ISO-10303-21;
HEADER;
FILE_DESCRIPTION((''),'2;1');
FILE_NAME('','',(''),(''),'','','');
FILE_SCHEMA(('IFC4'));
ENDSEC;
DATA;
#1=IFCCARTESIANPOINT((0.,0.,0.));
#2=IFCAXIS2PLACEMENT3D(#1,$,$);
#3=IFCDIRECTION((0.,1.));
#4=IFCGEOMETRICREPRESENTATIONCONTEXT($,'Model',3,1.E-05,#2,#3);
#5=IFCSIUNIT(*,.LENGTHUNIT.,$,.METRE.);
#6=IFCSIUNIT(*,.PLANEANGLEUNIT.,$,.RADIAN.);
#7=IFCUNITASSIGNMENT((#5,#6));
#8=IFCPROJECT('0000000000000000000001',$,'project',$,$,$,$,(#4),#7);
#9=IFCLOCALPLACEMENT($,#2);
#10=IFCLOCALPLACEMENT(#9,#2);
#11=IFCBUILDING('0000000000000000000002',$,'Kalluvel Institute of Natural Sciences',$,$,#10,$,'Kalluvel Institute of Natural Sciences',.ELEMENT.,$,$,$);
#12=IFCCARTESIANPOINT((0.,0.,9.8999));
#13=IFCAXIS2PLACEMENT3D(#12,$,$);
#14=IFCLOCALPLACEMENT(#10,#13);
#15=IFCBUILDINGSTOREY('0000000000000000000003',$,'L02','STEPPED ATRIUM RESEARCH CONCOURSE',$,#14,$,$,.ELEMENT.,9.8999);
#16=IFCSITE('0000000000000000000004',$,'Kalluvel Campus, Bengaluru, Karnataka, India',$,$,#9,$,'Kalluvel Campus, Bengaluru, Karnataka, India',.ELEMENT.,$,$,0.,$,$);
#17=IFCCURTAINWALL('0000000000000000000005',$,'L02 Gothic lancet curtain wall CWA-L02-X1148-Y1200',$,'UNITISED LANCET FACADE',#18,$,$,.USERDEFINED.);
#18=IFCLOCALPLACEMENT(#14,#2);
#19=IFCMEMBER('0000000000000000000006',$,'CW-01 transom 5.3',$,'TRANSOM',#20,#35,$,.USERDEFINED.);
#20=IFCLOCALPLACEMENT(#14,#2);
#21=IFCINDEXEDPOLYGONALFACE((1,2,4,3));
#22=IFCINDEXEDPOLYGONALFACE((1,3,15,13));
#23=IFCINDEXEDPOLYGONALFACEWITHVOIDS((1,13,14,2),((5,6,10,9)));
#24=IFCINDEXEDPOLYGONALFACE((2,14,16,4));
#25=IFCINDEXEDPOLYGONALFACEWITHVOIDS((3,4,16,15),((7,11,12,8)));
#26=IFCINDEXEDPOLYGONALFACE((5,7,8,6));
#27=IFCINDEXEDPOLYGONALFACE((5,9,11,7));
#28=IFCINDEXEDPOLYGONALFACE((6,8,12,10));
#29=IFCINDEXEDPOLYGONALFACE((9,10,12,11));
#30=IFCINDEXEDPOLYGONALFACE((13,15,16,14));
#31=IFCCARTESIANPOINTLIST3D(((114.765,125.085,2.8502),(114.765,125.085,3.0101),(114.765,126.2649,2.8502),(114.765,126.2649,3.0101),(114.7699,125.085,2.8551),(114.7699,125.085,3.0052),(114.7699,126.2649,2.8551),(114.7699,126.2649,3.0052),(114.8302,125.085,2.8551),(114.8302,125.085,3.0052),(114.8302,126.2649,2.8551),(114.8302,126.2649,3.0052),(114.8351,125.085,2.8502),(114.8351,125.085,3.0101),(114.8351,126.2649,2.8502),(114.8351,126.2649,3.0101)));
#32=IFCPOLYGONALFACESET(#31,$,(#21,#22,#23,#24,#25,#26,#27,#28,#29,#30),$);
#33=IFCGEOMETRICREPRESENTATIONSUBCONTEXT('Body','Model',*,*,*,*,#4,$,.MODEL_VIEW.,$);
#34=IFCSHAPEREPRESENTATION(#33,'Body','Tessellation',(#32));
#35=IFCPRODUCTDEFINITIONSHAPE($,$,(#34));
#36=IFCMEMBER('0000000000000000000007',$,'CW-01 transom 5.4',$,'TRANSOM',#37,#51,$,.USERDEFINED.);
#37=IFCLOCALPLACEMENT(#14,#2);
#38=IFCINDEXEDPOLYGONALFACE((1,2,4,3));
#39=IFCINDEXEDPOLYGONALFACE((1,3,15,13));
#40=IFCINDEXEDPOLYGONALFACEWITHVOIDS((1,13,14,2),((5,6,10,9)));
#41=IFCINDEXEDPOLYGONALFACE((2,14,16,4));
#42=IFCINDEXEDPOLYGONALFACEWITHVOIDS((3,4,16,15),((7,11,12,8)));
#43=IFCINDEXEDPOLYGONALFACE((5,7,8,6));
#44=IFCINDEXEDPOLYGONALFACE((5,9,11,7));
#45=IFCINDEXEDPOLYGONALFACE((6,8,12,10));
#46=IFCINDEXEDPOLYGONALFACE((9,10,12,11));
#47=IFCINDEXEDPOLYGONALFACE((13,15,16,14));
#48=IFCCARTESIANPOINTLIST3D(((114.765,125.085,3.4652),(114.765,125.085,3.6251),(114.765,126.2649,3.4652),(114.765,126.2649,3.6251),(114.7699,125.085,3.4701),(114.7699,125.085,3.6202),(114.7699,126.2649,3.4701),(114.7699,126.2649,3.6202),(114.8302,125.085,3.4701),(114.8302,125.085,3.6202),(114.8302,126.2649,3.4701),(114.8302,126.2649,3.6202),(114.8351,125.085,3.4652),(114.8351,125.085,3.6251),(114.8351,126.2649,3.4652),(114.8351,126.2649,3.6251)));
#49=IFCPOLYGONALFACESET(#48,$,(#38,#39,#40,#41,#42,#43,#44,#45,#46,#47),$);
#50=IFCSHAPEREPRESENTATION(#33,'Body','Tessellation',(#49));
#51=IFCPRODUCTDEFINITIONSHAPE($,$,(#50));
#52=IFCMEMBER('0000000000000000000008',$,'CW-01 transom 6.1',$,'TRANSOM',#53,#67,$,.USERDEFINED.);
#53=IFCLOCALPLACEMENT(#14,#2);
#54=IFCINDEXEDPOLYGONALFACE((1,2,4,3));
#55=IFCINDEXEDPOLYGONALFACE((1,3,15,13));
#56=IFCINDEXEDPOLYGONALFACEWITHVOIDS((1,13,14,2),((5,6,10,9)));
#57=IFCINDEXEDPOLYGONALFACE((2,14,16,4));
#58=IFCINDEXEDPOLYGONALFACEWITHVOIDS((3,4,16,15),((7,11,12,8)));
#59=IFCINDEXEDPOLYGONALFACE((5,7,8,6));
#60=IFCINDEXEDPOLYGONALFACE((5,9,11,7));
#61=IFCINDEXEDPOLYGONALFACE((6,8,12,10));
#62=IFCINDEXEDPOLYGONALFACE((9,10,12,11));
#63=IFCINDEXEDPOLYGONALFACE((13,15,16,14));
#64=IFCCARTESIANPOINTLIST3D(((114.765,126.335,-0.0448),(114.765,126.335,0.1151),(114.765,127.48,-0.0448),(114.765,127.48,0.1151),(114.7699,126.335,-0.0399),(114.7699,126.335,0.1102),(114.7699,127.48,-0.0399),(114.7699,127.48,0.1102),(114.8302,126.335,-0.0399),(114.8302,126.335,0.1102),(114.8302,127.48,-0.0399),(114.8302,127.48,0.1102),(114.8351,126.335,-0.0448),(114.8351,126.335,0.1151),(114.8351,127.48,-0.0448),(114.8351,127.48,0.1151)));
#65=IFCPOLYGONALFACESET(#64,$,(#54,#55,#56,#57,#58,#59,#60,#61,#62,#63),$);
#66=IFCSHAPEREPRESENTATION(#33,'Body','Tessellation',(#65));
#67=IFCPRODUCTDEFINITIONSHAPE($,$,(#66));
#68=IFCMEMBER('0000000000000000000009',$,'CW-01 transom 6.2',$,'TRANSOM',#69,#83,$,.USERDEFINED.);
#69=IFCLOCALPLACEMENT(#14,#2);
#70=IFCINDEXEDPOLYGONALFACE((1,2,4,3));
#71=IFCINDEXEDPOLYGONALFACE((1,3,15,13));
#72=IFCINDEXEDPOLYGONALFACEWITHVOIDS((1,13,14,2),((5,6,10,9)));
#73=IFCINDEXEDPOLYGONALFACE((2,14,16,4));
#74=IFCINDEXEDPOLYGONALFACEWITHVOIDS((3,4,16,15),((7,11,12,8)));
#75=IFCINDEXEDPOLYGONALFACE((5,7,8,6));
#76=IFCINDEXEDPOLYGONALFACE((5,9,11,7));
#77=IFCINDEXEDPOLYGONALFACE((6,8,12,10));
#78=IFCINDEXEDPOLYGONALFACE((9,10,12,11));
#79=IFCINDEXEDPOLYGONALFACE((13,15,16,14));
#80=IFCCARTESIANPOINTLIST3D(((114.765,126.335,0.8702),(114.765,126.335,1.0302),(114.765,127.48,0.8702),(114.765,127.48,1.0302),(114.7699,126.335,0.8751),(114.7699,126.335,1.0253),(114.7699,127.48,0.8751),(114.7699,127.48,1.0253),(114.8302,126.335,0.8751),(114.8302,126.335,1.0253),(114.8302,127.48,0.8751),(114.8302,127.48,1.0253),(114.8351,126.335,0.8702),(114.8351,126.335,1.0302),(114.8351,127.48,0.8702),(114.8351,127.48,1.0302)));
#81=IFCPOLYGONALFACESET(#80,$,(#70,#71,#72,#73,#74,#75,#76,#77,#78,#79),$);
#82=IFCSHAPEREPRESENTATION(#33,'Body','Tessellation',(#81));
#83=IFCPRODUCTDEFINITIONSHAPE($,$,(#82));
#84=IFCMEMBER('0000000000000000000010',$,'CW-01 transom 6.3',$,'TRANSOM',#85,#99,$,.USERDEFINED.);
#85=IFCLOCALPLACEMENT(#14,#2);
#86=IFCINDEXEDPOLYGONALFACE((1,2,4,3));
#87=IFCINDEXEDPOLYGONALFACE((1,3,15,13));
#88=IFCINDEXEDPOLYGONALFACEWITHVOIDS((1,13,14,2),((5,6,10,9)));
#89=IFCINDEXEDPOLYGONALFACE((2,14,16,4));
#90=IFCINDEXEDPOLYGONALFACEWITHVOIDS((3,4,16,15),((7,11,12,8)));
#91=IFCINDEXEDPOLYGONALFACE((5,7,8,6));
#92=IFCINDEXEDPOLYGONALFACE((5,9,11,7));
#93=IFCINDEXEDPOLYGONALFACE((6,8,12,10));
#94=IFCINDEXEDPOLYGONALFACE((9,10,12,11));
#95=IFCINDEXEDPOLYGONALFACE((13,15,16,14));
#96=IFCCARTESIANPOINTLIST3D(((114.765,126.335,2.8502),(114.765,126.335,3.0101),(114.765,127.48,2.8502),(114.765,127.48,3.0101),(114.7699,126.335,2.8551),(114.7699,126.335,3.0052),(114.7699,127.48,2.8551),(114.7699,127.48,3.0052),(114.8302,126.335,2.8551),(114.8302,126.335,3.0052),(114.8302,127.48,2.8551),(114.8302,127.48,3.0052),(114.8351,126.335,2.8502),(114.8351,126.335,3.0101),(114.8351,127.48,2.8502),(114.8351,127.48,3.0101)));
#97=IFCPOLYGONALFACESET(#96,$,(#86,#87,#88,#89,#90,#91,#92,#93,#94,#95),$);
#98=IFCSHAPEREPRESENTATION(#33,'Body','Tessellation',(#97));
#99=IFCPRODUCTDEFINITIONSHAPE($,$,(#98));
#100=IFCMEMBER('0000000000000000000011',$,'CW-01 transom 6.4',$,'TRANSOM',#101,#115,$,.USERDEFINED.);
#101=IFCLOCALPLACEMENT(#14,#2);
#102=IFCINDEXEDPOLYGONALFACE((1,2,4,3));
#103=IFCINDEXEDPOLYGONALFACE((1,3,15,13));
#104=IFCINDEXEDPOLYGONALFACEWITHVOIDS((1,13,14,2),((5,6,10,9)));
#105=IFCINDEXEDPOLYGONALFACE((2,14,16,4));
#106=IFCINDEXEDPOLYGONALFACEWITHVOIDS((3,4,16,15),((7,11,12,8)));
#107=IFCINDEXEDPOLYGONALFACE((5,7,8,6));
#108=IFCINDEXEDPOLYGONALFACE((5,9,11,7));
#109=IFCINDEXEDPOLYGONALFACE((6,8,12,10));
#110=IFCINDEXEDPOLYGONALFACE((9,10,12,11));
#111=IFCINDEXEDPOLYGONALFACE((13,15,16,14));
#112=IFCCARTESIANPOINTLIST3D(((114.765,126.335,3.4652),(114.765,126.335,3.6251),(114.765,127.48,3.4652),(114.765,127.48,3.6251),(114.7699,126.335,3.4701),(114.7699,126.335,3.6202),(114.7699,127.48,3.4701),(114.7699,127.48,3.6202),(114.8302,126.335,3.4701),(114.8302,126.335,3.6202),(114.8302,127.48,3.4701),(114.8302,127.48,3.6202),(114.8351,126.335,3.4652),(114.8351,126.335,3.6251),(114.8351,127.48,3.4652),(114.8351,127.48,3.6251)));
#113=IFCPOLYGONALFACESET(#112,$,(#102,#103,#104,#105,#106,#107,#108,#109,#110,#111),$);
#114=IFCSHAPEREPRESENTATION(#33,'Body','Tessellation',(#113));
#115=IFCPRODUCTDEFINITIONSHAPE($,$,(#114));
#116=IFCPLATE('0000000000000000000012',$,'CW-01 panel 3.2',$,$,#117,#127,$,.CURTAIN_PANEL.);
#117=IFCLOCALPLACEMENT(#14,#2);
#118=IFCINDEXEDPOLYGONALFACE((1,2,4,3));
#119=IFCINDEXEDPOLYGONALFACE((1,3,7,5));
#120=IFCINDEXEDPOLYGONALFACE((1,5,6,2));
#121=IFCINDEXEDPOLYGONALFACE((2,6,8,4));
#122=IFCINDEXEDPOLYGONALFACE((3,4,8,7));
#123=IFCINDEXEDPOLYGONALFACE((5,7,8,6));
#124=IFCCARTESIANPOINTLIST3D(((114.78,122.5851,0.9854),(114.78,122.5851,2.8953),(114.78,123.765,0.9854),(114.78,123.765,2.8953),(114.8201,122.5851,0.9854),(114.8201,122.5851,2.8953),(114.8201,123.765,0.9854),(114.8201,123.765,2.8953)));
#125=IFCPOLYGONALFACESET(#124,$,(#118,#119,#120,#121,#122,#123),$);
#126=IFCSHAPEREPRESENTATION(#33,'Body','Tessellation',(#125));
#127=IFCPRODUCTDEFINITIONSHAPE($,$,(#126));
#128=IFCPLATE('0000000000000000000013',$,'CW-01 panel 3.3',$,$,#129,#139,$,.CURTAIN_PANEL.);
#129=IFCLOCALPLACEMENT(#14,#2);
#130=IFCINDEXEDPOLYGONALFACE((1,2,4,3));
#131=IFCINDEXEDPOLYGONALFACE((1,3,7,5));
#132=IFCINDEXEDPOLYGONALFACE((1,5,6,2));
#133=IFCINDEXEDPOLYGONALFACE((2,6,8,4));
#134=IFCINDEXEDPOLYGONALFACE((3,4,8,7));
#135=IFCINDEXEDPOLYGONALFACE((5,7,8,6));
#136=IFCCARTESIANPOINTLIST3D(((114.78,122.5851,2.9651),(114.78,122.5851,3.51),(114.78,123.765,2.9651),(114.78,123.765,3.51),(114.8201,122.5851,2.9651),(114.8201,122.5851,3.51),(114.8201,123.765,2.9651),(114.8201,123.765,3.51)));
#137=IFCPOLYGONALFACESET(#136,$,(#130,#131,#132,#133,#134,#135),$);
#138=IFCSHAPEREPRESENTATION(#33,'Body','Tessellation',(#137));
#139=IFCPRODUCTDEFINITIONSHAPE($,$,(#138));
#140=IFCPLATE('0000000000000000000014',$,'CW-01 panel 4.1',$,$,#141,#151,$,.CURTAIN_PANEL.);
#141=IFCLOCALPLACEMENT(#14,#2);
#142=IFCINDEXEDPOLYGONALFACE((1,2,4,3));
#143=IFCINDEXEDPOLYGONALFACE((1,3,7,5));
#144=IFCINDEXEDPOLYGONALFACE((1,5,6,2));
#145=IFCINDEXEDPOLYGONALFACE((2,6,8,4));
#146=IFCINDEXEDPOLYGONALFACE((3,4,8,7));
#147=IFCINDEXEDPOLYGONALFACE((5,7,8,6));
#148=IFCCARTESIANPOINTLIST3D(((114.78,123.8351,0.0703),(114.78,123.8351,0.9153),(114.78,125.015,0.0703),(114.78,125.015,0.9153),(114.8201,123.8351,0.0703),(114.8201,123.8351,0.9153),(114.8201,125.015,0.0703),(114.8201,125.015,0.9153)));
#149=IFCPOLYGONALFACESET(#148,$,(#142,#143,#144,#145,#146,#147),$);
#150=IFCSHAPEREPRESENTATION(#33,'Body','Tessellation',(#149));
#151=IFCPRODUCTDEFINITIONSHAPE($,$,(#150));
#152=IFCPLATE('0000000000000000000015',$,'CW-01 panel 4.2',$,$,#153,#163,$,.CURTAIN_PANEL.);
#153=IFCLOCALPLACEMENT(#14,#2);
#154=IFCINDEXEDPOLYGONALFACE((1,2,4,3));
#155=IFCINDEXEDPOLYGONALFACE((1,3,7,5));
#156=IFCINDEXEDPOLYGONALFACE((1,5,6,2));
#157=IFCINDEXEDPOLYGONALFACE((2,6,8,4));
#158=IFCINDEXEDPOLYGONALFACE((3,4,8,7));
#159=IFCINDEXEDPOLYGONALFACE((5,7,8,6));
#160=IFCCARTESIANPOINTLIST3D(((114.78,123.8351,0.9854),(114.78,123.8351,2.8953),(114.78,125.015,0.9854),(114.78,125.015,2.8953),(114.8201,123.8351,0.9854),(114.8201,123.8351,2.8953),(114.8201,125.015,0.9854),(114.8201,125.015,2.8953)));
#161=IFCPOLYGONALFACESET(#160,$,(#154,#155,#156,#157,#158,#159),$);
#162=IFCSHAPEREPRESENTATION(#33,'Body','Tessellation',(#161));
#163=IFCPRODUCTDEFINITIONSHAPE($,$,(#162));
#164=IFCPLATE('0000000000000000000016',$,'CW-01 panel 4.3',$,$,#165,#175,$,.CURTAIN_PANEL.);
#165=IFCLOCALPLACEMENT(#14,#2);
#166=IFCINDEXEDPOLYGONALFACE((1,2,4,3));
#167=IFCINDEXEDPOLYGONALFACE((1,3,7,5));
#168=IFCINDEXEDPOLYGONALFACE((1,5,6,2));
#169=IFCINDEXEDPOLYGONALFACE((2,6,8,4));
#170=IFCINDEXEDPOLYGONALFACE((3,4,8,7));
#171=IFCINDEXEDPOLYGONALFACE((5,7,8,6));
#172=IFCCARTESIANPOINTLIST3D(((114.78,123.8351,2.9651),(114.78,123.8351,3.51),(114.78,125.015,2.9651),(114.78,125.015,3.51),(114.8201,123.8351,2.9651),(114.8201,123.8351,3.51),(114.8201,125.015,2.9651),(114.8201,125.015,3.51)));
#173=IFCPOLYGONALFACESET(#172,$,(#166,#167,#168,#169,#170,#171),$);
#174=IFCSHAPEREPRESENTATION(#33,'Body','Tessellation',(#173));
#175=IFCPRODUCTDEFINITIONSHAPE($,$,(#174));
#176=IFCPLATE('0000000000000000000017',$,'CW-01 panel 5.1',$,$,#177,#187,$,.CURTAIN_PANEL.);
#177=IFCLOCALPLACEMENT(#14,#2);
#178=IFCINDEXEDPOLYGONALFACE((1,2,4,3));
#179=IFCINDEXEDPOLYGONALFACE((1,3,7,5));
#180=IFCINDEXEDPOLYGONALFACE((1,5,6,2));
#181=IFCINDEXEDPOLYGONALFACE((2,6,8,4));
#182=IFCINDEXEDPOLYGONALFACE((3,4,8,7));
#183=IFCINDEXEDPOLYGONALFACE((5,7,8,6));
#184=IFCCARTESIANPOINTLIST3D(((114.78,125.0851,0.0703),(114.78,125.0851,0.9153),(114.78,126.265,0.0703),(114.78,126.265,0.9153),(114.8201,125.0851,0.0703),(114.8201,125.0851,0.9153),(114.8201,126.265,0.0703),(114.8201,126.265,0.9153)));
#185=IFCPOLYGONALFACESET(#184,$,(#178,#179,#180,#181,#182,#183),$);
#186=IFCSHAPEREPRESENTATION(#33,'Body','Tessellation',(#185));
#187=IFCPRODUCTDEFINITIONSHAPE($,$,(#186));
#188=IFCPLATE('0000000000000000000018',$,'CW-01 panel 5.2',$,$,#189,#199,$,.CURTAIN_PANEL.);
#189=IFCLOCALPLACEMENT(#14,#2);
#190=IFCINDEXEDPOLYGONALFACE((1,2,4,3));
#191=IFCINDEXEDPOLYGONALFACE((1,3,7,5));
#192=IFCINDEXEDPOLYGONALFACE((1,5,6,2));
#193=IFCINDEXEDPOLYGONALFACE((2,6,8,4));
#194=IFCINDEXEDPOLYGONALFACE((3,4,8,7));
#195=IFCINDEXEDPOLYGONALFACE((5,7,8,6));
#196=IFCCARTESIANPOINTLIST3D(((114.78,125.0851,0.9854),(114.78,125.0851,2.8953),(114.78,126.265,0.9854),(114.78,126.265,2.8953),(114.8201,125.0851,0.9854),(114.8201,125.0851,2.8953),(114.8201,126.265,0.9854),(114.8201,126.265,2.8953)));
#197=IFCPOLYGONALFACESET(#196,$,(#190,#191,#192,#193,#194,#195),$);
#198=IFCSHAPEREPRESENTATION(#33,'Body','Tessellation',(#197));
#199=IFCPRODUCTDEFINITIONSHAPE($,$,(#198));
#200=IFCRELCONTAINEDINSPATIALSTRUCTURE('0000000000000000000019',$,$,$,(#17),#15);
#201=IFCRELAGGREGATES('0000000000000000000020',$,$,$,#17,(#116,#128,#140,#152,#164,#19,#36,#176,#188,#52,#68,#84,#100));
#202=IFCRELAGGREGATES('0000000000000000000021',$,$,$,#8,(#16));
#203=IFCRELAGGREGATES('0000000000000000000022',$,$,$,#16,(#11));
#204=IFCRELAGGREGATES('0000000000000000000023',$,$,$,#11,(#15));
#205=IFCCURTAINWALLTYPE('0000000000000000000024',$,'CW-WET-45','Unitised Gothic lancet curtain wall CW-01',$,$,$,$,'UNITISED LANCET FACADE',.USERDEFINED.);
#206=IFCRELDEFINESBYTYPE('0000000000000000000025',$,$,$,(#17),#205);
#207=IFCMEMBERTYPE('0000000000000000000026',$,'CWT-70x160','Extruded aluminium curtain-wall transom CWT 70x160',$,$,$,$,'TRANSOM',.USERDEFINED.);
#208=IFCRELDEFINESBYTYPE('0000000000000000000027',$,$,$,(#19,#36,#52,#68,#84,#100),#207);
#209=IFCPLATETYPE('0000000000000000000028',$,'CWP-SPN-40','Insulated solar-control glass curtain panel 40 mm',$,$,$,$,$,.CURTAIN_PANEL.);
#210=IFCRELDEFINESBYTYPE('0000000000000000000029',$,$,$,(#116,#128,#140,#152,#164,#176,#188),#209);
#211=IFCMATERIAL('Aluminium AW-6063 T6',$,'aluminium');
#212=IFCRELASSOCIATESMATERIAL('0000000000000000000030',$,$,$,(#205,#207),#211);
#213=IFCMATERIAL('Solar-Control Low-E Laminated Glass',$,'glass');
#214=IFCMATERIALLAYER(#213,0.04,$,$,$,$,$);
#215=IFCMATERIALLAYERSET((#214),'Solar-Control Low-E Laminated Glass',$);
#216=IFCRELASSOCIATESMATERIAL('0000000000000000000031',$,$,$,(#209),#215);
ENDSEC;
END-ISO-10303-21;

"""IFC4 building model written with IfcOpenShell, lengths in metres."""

from ifc_helpers import new_model, si_unit, direction, frame, origin, origin_2d, place, context, subcontext, project, spatial, rectangle, hollow_rectangle, extrude, material, layer, layer_set, material_profile, profile_set, type_object, element, aggregate, save


model = new_model("IFC4")

# Units and contexts
model_context = context("Model", 3, precision=1e-05, world=origin(), true_north=direction((0.0, 1.0)))
body_context = subcontext(model_context, "Body", "Model", "MODEL_VIEW")
ifc_project = project(units=[si_unit("LENGTHUNIT", "METRE"), si_unit("PLANEANGLEUNIT", "RADIAN")], contexts=[model_context])

# Site, building, storey
site_placement = place(None, origin())
site = spatial("IfcSite", under=ifc_project, at=site_placement, Name="Kalluvel Campus, Bengaluru, Karnataka, India", LongName="Kalluvel Campus, Bengaluru, Karnataka, India", CompositionType="ELEMENT", RefElevation=0.0)
building_placement = place(site_placement, origin())
building = spatial("IfcBuilding", under=site, at=building_placement, Name="Kalluvel Institute of Natural Sciences", LongName="Kalluvel Institute of Natural Sciences", CompositionType="ELEMENT")
storey_placement = place(building_placement, frame((0.0, 0.0, 9.8999)))
storey = spatial("IfcBuildingStorey", under=building, at=storey_placement, Name="L02", Description="STEPPED ATRIUM RESEARCH CONCOURSE", CompositionType="ELEMENT", Elevation=9.8999)

# Curtain wall, members, plates
ifc_material_1 = material(Name="Aluminium AW-6063 T6", Category="aluminium")
curtain_wall_type = type_object("IfcCurtainWallType", Name="CW-WET-45", Description="Unitised Gothic lancet curtain wall CW-01", ElementType="UNITISED LANCET FACADE", PredefinedType="USERDEFINED", material=ifc_material_1)
curtain_wall_placement = place(storey_placement, origin())
curtain_wall = element("IfcCurtainWall", 1, at=curtain_wall_placement, inside=storey, type_object=curtain_wall_type, Name="L02 Gothic lancet curtain wall CWA-L02-X1148-Y1200", ObjectType="UNITISED LANCET FACADE", PredefinedType="USERDEFINED")
ifc_material_profile_1 = material_profile(ifc_material_1, hollow_rectangle(XDim=0.0701, YDim=0.1599, WallThickness=0.0049, at=origin_2d()), Name="CWT 70x160")
ifc_profile_set_1 = profile_set([ifc_material_profile_1], Name="Aluminium AW-6063 T6")
member_type_1 = type_object("IfcMemberType", Name="CWT-70x160", Description="Extruded aluminium curtain-wall transom CWT 70x160", ElementType="TRANSOM", PredefinedType="USERDEFINED", material=ifc_profile_set_1)
member_1_placement = place(storey_placement, frame((114.8, 125.085, 2.9302), z_axis=(0.0, 1.0, 0.0), x_axis=(-1.0, 0.0, 0.0)))
member_1 = element("IfcMember", 2, at=member_1_placement, type_object=member_type_1, Name="CW-01 transom 5.3", ObjectType="TRANSOM", PredefinedType="USERDEFINED", context=body_context, shape_type="SweptSolid", body=[
    extrude(hollow_rectangle(XDim=0.0701, YDim=0.1599, WallThickness=0.0049, at=origin_2d()), origin(), (0.0, 0.0, 1.0), 1.1799),
])
member_2_placement = place(storey_placement, frame((114.8, 125.085, 3.5452), z_axis=(0.0, 1.0, 0.0), x_axis=(-1.0, 0.0, 0.0)))
member_2 = element("IfcMember", 3, at=member_2_placement, type_object=member_type_1, Name="CW-01 transom 5.4", ObjectType="TRANSOM", PredefinedType="USERDEFINED", context=body_context, shape_type="SweptSolid", body=[
    extrude(hollow_rectangle(XDim=0.0701, YDim=0.1599, WallThickness=0.0049, at=origin_2d()), origin(), (0.0, 0.0, 1.0), 1.1799),
])
member_3_placement = place(storey_placement, frame((114.8, 126.335, 0.0352), z_axis=(0.0, 1.0, 0.0), x_axis=(-1.0, 0.0, 0.0)))
member_3 = element("IfcMember", 4, at=member_3_placement, type_object=member_type_1, Name="CW-01 transom 6.1", ObjectType="TRANSOM", PredefinedType="USERDEFINED", context=body_context, shape_type="SweptSolid", body=[
    extrude(hollow_rectangle(XDim=0.0701, YDim=0.1599, WallThickness=0.0049, at=origin_2d()), origin(), (0.0, 0.0, 1.0), 1.145),
])
member_4_placement = place(storey_placement, frame((114.8, 126.335, 0.9502), z_axis=(0.0, 1.0, 0.0), x_axis=(-1.0, 0.0, 0.0)))
member_4 = element("IfcMember", 5, at=member_4_placement, type_object=member_type_1, Name="CW-01 transom 6.2", ObjectType="TRANSOM", PredefinedType="USERDEFINED", context=body_context, shape_type="SweptSolid", body=[
    extrude(hollow_rectangle(XDim=0.0701, YDim=0.1599, WallThickness=0.0049, at=origin_2d()), origin(), (0.0, 0.0, 1.0), 1.145),
])
member_5_placement = place(storey_placement, frame((114.8, 126.335, 2.9302), z_axis=(0.0, 1.0, 0.0), x_axis=(-1.0, 0.0, 0.0)))
member_5 = element("IfcMember", 6, at=member_5_placement, type_object=member_type_1, Name="CW-01 transom 6.3", ObjectType="TRANSOM", PredefinedType="USERDEFINED", context=body_context, shape_type="SweptSolid", body=[
    extrude(hollow_rectangle(XDim=0.0701, YDim=0.1599, WallThickness=0.0049, at=origin_2d()), origin(), (0.0, 0.0, 1.0), 1.145),
])
member_6_placement = place(storey_placement, frame((114.8, 126.335, 3.5452), z_axis=(0.0, 1.0, 0.0), x_axis=(-1.0, 0.0, 0.0)))
member_6 = element("IfcMember", 7, at=member_6_placement, type_object=member_type_1, Name="CW-01 transom 6.4", ObjectType="TRANSOM", PredefinedType="USERDEFINED", context=body_context, shape_type="SweptSolid", body=[
    extrude(hollow_rectangle(XDim=0.0701, YDim=0.1599, WallThickness=0.0049, at=origin_2d()), origin(), (0.0, 0.0, 1.0), 1.145),
])
ifc_material_2 = material(Name="Solar-Control Low-E Laminated Glass", Category="glass")
ifc_layer = layer(ifc_material_2, 0.04)
ifc_layer_set = layer_set([ifc_layer], Name="Solar-Control Low-E Laminated Glass")
plate_type = type_object("IfcPlateType", Name="CWP-SPN-40", Description="Insulated solar-control glass curtain panel 40 mm", PredefinedType="CURTAIN_PANEL", material=ifc_layer_set)
plate_1_placement = place(storey_placement, frame((114.8, 123.175, 0.9854), z_axis=(0.0, 0.0, 1.0), x_axis=(0.0, 1.0, 0.0)))
plate_1 = element("IfcPlate", 8, at=plate_1_placement, type_object=plate_type, Name="CW-01 panel 3.2", PredefinedType="CURTAIN_PANEL", context=body_context, shape_type="SweptSolid", body=[
    extrude(rectangle(XDim=1.1799, YDim=0.04, at=origin_2d()), origin(), (0.0, 0.0, 1.0), 1.9099),
])
plate_2_placement = place(storey_placement, frame((114.8, 123.175, 2.9651), z_axis=(0.0, 0.0, 1.0), x_axis=(0.0, 1.0, 0.0)))
plate_2 = element("IfcPlate", 9, at=plate_2_placement, type_object=plate_type, Name="CW-01 panel 3.3", PredefinedType="CURTAIN_PANEL", context=body_context, shape_type="SweptSolid", body=[
    extrude(rectangle(XDim=1.1799, YDim=0.04, at=origin_2d()), origin(), (0.0, 0.0, 1.0), 0.5449),
])
plate_3_placement = place(storey_placement, frame((114.8, 124.425, 0.0703), z_axis=(0.0, 0.0, 1.0), x_axis=(0.0, 1.0, 0.0)))
plate_3 = element("IfcPlate", 10, at=plate_3_placement, type_object=plate_type, Name="CW-01 panel 4.1", PredefinedType="CURTAIN_PANEL", context=body_context, shape_type="SweptSolid", body=[
    extrude(rectangle(XDim=1.1799, YDim=0.04, at=origin_2d()), origin(), (0.0, 0.0, 1.0), 0.845),
])
plate_4_placement = place(storey_placement, frame((114.8, 124.425, 0.9854), z_axis=(0.0, 0.0, 1.0), x_axis=(0.0, 1.0, 0.0)))
plate_4 = element("IfcPlate", 11, at=plate_4_placement, type_object=plate_type, Name="CW-01 panel 4.2", PredefinedType="CURTAIN_PANEL", context=body_context, shape_type="SweptSolid", body=[
    extrude(rectangle(XDim=1.1799, YDim=0.04, at=origin_2d()), origin(), (0.0, 0.0, 1.0), 1.9099),
])
plate_5_placement = place(storey_placement, frame((114.8, 124.425, 2.9651), z_axis=(0.0, 0.0, 1.0), x_axis=(0.0, 1.0, 0.0)))
plate_5 = element("IfcPlate", 12, at=plate_5_placement, type_object=plate_type, Name="CW-01 panel 4.3", PredefinedType="CURTAIN_PANEL", context=body_context, shape_type="SweptSolid", body=[
    extrude(rectangle(XDim=1.1799, YDim=0.04, at=origin_2d()), origin(), (0.0, 0.0, 1.0), 0.5449),
])
plate_6_placement = place(storey_placement, frame((114.8, 125.675, 0.0703), z_axis=(0.0, 0.0, 1.0), x_axis=(0.0, 1.0, 0.0)))
plate_6 = element("IfcPlate", 13, at=plate_6_placement, type_object=plate_type, Name="CW-01 panel 5.1", PredefinedType="CURTAIN_PANEL", context=body_context, shape_type="SweptSolid", body=[
    extrude(rectangle(XDim=1.1799, YDim=0.04, at=origin_2d()), origin(), (0.0, 0.0, 1.0), 0.845),
])
plate_7_placement = place(storey_placement, frame((114.8, 125.675, 0.9854), z_axis=(0.0, 0.0, 1.0), x_axis=(0.0, 1.0, 0.0)))
plate_7 = element("IfcPlate", 14, at=plate_7_placement, type_object=plate_type, Name="CW-01 panel 5.2", PredefinedType="CURTAIN_PANEL", context=body_context, shape_type="SweptSolid", body=[
    extrude(rectangle(XDim=1.1799, YDim=0.04, at=origin_2d()), origin(), (0.0, 0.0, 1.0), 1.9099),
])
aggregate(curtain_wall, [plate_1, plate_2, plate_3, plate_4, plate_5, member_1, member_2, plate_6, plate_7, member_3, member_4, member_5, member_6])

save(model, "model.ifc")
